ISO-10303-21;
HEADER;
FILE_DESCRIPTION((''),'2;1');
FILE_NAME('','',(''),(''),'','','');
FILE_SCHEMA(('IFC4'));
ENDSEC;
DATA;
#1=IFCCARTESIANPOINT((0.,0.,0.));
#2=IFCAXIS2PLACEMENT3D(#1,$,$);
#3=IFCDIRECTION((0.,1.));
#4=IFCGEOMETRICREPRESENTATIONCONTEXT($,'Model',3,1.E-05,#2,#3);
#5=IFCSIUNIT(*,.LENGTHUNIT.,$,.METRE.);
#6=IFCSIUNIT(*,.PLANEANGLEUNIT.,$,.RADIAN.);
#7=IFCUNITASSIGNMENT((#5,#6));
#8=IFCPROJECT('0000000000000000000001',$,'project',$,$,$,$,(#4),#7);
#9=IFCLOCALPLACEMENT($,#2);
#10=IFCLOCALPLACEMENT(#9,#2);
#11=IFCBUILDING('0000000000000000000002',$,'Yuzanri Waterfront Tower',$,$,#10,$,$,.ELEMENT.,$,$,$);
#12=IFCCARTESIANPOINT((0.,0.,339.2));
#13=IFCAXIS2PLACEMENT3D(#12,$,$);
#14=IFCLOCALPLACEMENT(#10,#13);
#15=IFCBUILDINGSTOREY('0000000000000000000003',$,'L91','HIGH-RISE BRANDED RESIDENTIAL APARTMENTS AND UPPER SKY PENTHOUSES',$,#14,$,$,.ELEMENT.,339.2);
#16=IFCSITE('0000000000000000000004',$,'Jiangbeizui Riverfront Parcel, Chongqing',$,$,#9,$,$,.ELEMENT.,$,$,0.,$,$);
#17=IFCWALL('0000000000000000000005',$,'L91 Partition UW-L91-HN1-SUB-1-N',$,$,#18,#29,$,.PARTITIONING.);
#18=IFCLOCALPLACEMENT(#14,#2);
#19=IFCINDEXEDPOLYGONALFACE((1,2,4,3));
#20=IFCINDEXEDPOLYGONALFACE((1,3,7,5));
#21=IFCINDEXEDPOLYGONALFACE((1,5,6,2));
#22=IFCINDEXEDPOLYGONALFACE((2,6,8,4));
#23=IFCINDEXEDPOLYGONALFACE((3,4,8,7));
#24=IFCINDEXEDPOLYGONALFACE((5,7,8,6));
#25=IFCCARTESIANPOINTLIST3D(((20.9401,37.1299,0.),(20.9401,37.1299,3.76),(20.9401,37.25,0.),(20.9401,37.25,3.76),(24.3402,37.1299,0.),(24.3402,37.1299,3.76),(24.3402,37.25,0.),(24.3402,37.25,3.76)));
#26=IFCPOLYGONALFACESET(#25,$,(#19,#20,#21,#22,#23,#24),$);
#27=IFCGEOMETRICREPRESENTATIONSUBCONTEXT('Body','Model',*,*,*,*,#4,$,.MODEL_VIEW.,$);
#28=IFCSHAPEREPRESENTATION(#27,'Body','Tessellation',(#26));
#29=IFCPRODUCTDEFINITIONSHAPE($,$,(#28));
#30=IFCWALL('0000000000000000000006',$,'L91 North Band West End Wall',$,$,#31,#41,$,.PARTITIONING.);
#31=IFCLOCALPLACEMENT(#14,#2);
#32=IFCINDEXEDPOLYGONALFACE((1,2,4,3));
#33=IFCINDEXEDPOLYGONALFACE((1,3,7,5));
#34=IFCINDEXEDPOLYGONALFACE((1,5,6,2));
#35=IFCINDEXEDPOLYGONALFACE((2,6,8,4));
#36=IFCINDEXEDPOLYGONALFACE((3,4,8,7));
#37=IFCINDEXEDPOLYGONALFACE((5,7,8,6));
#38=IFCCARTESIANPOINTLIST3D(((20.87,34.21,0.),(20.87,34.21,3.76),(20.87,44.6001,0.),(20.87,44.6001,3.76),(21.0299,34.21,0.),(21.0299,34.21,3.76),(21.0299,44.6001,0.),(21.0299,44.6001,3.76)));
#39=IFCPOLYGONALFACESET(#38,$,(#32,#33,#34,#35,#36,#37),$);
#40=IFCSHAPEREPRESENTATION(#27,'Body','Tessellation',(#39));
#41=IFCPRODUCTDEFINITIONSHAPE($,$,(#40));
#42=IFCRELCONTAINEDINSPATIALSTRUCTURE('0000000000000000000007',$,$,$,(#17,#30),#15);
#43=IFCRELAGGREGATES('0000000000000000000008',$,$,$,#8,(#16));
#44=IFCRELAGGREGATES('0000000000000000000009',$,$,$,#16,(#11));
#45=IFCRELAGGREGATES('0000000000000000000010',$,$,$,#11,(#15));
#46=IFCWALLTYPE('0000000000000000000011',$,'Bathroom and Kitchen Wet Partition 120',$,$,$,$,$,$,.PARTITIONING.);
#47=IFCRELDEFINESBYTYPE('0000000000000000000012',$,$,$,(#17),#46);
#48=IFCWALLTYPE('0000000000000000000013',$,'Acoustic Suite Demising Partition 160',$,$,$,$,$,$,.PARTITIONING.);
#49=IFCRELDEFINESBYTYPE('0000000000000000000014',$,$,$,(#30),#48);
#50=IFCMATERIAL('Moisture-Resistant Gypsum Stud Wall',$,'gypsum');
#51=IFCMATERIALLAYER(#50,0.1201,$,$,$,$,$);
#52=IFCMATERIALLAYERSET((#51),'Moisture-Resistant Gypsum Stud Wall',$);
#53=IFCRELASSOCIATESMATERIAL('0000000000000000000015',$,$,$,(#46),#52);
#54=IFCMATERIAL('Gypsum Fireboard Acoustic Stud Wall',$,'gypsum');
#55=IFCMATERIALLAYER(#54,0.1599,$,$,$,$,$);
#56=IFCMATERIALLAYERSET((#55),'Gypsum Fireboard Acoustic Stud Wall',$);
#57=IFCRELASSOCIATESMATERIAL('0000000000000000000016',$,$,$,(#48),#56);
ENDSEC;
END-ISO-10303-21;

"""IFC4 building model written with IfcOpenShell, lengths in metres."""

from ifc_helpers import new_model, si_unit, direction, frame, frame_2d, origin, place, context, subcontext, project, spatial, rectangle, extrude, source, transform, mapped, material, layer, layer_set, type_object, element, save


model = new_model("IFC4")

# Units and contexts
model_context = context("Model", 3, precision=1e-05, world=origin(), true_north=direction((0.0, 1.0)))
body_context = subcontext(model_context, "Body", "Model", "MODEL_VIEW")
ifc_project = project(units=[si_unit("LENGTHUNIT", "METRE"), si_unit("PLANEANGLEUNIT", "RADIAN")], contexts=[model_context])

# Site, building, storey
site_placement = place(None, origin())
site = spatial("IfcSite", under=ifc_project, at=site_placement, Name="Jiangbeizui Riverfront Parcel, Chongqing", CompositionType="ELEMENT", RefElevation=0.0)
building_placement = place(site_placement, origin())
building = spatial("IfcBuilding", under=site, at=building_placement, Name="Yuzanri Waterfront Tower", CompositionType="ELEMENT")
storey_placement = place(building_placement, frame((0.0, 0.0, 339.2)))
storey = spatial("IfcBuildingStorey", under=building, at=storey_placement, Name="L91", Description="HIGH-RISE BRANDED RESIDENTIAL APARTMENTS AND UPPER SKY PENTHOUSES", CompositionType="ELEMENT", Elevation=339.2)

# Shared definitions
ifc_material_1 = material(Name="Moisture-Resistant Gypsum Stud Wall", Category="gypsum")
ifc_layer_1 = layer(ifc_material_1, 0.1201)
ifc_layer_set_1 = layer_set([ifc_layer_1], Name="Moisture-Resistant Gypsum Stud Wall")
wall_type_1 = type_object("IfcWallType", Name="Bathroom and Kitchen Wet Partition 120", PredefinedType="PARTITIONING", material=ifc_layer_set_1)

# Walls
shared_shape_1 = source(origin(), body_context, "Body", "SweptSolid", [
    extrude(rectangle(XDim=3.4001, YDim=0.1201, at=frame_2d((1.7002, 0.0))), origin(), (0.0, 0.0, 1.0), 3.76),
])
wall_1_placement = place(storey_placement, frame((20.9399, 37.1899, 0.0), z_axis=(0.0, 0.0, 1.0), x_axis=(1.0, 0.0, 0.0)))
element("IfcWall", 1, at=wall_1_placement, inside=storey, type_object=wall_type_1, Name="L91 Partition UW-L91-HN1-SUB-1-N", PredefinedType="PARTITIONING", context=body_context, shape_type="MappedRepresentation", body=[
    mapped(shared_shape_1, transform((0.0, 0.0, 0.0), scale=1.0)),
])
ifc_material_2 = material(Name="Gypsum Fireboard Acoustic Stud Wall", Category="gypsum")
ifc_layer_2 = layer(ifc_material_2, 0.1599)
ifc_layer_set_2 = layer_set([ifc_layer_2], Name="Gypsum Fireboard Acoustic Stud Wall")
wall_type_2 = type_object("IfcWallType", Name="Acoustic Suite Demising Partition 160", PredefinedType="PARTITIONING", material=ifc_layer_set_2)
shared_shape_2 = source(origin(), body_context, "Body", "SweptSolid", [
    extrude(rectangle(XDim=10.3901, YDim=0.1599, at=frame_2d((5.1951, 0.0))), origin(), (0.0, 0.0, 1.0), 3.76),
])
wall_2_placement = place(storey_placement, frame((20.95, 34.21, 0.0), z_axis=(0.0, 0.0, 1.0), x_axis=(0.0, 1.0, 0.0)))
element("IfcWall", 2, at=wall_2_placement, inside=storey, type_object=wall_type_2, Name="L91 North Band West End Wall", PredefinedType="PARTITIONING", context=body_context, shape_type="MappedRepresentation", body=[
    mapped(shared_shape_2, transform((0.0, 0.0, 0.0), scale=1.0)),
])

save(model, "model.ifc")
